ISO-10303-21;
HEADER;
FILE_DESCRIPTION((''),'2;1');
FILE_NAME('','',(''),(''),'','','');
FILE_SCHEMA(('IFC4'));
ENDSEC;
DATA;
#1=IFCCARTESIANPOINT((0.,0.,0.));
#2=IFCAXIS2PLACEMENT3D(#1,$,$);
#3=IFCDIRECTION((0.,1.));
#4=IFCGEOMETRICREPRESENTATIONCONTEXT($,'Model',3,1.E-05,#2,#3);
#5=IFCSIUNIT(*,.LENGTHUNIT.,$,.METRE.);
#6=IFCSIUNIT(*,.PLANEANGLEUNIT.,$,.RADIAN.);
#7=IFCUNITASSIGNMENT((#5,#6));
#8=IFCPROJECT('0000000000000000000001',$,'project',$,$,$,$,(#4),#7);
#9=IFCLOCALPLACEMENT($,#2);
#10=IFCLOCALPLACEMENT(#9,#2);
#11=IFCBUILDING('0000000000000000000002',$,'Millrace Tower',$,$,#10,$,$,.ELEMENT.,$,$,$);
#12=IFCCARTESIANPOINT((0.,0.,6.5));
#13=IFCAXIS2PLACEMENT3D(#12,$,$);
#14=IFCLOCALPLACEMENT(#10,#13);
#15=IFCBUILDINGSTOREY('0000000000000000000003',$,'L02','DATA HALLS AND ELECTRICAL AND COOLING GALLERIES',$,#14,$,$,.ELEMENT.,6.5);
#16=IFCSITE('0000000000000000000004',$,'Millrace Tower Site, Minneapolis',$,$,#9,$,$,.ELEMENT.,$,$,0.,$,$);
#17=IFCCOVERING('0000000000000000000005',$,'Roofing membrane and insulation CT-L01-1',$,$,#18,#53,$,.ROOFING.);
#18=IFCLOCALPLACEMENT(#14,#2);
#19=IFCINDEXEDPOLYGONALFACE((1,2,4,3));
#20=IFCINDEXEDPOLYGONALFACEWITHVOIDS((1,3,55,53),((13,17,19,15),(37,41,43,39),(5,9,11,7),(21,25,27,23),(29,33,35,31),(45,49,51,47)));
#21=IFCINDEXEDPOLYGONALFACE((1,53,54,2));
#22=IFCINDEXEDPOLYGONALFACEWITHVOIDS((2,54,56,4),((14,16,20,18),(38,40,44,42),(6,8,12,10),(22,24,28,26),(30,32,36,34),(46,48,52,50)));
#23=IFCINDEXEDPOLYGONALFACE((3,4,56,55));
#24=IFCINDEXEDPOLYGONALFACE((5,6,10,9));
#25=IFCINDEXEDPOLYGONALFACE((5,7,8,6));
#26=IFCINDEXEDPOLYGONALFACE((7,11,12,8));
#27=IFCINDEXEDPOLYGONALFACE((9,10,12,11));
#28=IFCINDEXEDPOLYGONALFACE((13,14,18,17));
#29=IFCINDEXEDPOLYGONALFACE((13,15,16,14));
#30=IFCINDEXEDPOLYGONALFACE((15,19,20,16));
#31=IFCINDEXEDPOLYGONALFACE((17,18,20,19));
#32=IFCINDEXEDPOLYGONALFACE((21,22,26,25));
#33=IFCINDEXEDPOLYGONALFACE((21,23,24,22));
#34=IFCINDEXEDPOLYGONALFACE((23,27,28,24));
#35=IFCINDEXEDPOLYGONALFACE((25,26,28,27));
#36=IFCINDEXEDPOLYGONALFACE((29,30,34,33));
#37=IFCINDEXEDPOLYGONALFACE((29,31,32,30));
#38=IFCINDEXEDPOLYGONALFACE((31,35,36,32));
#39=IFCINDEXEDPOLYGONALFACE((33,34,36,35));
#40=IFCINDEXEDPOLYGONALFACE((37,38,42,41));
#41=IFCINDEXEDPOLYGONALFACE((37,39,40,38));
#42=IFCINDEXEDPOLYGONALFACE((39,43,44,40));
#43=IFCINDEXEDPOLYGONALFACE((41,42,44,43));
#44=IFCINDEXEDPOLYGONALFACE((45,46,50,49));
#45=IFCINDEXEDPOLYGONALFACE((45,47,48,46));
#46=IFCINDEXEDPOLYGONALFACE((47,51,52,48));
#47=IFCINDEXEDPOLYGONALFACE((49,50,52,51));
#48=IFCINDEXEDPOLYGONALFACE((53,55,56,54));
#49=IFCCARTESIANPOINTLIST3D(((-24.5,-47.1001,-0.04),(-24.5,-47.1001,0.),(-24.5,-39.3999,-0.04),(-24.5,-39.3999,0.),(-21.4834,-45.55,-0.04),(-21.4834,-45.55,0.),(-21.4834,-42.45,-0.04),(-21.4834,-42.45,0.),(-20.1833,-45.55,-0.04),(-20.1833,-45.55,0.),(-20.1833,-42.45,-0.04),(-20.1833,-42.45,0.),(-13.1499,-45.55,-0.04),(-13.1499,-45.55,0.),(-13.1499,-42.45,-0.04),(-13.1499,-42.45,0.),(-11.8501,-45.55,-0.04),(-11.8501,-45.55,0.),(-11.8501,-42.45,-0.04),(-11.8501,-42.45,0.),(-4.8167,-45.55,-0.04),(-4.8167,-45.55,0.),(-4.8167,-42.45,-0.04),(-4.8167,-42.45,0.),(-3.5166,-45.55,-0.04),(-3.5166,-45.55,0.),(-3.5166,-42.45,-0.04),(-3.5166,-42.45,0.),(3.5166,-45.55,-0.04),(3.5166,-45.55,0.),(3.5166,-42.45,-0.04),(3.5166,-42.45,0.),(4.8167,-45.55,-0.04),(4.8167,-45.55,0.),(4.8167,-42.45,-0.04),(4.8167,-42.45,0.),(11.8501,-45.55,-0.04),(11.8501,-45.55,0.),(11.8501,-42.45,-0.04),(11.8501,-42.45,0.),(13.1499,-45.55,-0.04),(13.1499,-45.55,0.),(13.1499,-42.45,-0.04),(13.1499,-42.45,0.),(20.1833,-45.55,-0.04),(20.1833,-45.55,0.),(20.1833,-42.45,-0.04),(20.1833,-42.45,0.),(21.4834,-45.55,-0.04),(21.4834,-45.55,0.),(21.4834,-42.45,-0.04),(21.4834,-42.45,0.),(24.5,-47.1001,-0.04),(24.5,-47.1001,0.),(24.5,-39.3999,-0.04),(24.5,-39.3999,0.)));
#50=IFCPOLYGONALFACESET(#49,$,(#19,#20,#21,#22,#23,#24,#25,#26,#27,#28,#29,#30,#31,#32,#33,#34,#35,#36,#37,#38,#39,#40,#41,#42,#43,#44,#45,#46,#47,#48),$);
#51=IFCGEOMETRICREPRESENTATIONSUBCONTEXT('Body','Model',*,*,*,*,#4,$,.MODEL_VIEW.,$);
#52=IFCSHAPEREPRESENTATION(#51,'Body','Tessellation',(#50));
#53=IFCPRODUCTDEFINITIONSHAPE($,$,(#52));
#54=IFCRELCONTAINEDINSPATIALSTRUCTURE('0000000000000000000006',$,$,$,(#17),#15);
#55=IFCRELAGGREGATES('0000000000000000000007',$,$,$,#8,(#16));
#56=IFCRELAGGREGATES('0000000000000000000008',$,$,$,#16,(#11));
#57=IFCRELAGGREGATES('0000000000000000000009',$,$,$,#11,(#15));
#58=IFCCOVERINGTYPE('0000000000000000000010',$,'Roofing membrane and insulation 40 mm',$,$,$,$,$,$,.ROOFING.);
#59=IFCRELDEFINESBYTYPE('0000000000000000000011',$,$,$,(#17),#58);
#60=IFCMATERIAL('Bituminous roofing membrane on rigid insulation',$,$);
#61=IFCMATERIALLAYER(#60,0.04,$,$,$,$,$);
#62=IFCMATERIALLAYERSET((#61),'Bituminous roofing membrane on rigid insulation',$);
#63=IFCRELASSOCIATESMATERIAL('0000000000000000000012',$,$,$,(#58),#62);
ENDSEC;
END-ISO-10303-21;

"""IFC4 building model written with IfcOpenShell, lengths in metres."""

from ifc_helpers import new_model, si_unit, direction, frame, origin, place, context, subcontext, project, spatial, polyline, outline, extrude, material, layer, layer_set, type_object, element, save


model = new_model("IFC4")

# Units and contexts
model_context = context("Model", 3, precision=1e-05, world=origin(), true_north=direction((0.0, 1.0)))
body_context = subcontext(model_context, "Body", "Model", "MODEL_VIEW")
ifc_project = project(units=[si_unit("LENGTHUNIT", "METRE"), si_unit("PLANEANGLEUNIT", "RADIAN")], contexts=[model_context])

# Site, building, storey
site_placement = place(None, origin())
site = spatial("IfcSite", under=ifc_project, at=site_placement, Name="Millrace Tower Site, Minneapolis", CompositionType="ELEMENT", RefElevation=0.0)
building_placement = place(site_placement, origin())
building = spatial("IfcBuilding", under=site, at=building_placement, Name="Millrace Tower", CompositionType="ELEMENT")
storey_placement = place(building_placement, frame((0.0, 0.0, 6.5)))
storey = spatial("IfcBuildingStorey", under=building, at=storey_placement, Name="L02", Description="DATA HALLS AND ELECTRICAL AND COOLING GALLERIES", CompositionType="ELEMENT", Elevation=6.5)

# Covering
ifc_material_1 = material(Name="Bituminous roofing membrane on rigid insulation")
ifc_layer_1 = layer(ifc_material_1, 0.04)
ifc_layer_set_1 = layer_set([ifc_layer_1], Name="Bituminous roofing membrane on rigid insulation")
covering_type_1 = type_object("IfcCoveringType", Name="Roofing membrane and insulation 40 mm", PredefinedType="ROOFING", material=ifc_layer_set_1)
covering_1_placement = place(storey_placement, frame((0.0, 0.0, -0.04)))
element("IfcCovering", 1, at=covering_1_placement, inside=storey, type_object=covering_type_1, Name="Roofing membrane and insulation CT-L01-1", PredefinedType="ROOFING", context=body_context, shape_type="SweptSolid", body=[
    extrude(outline(polyline([(-24.5, -47.1001), (24.5, -47.1001), (24.5, -39.3999), (-24.5, -39.3999), (-24.5, -47.1001)]), holes=[polyline([(-21.4834, -45.55), (-20.1833, -45.55), (-20.1833, -42.45), (-21.4834, -42.45), (-21.4834, -45.55)]), polyline([(-13.1499, -45.55), (-11.8501, -45.55), (-11.8501, -42.45), (-13.1499, -42.45), (-13.1499, -45.55)]), polyline([(-4.8167, -45.55), (-3.5166, -45.55), (-3.5166, -42.45), (-4.8167, -42.45), (-4.8167, -45.55)]), polyline([(3.5166, -45.55), (4.8167, -45.55), (4.8167, -42.45), (3.5166, -42.45), (3.5166, -45.55)]), polyline([(11.8501, -45.55), (13.1499, -45.55), (13.1499, -42.45), (11.8501, -42.45), (11.8501, -45.55)]), polyline([(20.1833, -45.55), (21.4834, -45.55), (21.4834, -42.45), (20.1833, -42.45), (20.1833, -45.55)])]), origin(), (0.0, 0.0, 1.0), 0.04),
])

save(model, "model.ifc")
